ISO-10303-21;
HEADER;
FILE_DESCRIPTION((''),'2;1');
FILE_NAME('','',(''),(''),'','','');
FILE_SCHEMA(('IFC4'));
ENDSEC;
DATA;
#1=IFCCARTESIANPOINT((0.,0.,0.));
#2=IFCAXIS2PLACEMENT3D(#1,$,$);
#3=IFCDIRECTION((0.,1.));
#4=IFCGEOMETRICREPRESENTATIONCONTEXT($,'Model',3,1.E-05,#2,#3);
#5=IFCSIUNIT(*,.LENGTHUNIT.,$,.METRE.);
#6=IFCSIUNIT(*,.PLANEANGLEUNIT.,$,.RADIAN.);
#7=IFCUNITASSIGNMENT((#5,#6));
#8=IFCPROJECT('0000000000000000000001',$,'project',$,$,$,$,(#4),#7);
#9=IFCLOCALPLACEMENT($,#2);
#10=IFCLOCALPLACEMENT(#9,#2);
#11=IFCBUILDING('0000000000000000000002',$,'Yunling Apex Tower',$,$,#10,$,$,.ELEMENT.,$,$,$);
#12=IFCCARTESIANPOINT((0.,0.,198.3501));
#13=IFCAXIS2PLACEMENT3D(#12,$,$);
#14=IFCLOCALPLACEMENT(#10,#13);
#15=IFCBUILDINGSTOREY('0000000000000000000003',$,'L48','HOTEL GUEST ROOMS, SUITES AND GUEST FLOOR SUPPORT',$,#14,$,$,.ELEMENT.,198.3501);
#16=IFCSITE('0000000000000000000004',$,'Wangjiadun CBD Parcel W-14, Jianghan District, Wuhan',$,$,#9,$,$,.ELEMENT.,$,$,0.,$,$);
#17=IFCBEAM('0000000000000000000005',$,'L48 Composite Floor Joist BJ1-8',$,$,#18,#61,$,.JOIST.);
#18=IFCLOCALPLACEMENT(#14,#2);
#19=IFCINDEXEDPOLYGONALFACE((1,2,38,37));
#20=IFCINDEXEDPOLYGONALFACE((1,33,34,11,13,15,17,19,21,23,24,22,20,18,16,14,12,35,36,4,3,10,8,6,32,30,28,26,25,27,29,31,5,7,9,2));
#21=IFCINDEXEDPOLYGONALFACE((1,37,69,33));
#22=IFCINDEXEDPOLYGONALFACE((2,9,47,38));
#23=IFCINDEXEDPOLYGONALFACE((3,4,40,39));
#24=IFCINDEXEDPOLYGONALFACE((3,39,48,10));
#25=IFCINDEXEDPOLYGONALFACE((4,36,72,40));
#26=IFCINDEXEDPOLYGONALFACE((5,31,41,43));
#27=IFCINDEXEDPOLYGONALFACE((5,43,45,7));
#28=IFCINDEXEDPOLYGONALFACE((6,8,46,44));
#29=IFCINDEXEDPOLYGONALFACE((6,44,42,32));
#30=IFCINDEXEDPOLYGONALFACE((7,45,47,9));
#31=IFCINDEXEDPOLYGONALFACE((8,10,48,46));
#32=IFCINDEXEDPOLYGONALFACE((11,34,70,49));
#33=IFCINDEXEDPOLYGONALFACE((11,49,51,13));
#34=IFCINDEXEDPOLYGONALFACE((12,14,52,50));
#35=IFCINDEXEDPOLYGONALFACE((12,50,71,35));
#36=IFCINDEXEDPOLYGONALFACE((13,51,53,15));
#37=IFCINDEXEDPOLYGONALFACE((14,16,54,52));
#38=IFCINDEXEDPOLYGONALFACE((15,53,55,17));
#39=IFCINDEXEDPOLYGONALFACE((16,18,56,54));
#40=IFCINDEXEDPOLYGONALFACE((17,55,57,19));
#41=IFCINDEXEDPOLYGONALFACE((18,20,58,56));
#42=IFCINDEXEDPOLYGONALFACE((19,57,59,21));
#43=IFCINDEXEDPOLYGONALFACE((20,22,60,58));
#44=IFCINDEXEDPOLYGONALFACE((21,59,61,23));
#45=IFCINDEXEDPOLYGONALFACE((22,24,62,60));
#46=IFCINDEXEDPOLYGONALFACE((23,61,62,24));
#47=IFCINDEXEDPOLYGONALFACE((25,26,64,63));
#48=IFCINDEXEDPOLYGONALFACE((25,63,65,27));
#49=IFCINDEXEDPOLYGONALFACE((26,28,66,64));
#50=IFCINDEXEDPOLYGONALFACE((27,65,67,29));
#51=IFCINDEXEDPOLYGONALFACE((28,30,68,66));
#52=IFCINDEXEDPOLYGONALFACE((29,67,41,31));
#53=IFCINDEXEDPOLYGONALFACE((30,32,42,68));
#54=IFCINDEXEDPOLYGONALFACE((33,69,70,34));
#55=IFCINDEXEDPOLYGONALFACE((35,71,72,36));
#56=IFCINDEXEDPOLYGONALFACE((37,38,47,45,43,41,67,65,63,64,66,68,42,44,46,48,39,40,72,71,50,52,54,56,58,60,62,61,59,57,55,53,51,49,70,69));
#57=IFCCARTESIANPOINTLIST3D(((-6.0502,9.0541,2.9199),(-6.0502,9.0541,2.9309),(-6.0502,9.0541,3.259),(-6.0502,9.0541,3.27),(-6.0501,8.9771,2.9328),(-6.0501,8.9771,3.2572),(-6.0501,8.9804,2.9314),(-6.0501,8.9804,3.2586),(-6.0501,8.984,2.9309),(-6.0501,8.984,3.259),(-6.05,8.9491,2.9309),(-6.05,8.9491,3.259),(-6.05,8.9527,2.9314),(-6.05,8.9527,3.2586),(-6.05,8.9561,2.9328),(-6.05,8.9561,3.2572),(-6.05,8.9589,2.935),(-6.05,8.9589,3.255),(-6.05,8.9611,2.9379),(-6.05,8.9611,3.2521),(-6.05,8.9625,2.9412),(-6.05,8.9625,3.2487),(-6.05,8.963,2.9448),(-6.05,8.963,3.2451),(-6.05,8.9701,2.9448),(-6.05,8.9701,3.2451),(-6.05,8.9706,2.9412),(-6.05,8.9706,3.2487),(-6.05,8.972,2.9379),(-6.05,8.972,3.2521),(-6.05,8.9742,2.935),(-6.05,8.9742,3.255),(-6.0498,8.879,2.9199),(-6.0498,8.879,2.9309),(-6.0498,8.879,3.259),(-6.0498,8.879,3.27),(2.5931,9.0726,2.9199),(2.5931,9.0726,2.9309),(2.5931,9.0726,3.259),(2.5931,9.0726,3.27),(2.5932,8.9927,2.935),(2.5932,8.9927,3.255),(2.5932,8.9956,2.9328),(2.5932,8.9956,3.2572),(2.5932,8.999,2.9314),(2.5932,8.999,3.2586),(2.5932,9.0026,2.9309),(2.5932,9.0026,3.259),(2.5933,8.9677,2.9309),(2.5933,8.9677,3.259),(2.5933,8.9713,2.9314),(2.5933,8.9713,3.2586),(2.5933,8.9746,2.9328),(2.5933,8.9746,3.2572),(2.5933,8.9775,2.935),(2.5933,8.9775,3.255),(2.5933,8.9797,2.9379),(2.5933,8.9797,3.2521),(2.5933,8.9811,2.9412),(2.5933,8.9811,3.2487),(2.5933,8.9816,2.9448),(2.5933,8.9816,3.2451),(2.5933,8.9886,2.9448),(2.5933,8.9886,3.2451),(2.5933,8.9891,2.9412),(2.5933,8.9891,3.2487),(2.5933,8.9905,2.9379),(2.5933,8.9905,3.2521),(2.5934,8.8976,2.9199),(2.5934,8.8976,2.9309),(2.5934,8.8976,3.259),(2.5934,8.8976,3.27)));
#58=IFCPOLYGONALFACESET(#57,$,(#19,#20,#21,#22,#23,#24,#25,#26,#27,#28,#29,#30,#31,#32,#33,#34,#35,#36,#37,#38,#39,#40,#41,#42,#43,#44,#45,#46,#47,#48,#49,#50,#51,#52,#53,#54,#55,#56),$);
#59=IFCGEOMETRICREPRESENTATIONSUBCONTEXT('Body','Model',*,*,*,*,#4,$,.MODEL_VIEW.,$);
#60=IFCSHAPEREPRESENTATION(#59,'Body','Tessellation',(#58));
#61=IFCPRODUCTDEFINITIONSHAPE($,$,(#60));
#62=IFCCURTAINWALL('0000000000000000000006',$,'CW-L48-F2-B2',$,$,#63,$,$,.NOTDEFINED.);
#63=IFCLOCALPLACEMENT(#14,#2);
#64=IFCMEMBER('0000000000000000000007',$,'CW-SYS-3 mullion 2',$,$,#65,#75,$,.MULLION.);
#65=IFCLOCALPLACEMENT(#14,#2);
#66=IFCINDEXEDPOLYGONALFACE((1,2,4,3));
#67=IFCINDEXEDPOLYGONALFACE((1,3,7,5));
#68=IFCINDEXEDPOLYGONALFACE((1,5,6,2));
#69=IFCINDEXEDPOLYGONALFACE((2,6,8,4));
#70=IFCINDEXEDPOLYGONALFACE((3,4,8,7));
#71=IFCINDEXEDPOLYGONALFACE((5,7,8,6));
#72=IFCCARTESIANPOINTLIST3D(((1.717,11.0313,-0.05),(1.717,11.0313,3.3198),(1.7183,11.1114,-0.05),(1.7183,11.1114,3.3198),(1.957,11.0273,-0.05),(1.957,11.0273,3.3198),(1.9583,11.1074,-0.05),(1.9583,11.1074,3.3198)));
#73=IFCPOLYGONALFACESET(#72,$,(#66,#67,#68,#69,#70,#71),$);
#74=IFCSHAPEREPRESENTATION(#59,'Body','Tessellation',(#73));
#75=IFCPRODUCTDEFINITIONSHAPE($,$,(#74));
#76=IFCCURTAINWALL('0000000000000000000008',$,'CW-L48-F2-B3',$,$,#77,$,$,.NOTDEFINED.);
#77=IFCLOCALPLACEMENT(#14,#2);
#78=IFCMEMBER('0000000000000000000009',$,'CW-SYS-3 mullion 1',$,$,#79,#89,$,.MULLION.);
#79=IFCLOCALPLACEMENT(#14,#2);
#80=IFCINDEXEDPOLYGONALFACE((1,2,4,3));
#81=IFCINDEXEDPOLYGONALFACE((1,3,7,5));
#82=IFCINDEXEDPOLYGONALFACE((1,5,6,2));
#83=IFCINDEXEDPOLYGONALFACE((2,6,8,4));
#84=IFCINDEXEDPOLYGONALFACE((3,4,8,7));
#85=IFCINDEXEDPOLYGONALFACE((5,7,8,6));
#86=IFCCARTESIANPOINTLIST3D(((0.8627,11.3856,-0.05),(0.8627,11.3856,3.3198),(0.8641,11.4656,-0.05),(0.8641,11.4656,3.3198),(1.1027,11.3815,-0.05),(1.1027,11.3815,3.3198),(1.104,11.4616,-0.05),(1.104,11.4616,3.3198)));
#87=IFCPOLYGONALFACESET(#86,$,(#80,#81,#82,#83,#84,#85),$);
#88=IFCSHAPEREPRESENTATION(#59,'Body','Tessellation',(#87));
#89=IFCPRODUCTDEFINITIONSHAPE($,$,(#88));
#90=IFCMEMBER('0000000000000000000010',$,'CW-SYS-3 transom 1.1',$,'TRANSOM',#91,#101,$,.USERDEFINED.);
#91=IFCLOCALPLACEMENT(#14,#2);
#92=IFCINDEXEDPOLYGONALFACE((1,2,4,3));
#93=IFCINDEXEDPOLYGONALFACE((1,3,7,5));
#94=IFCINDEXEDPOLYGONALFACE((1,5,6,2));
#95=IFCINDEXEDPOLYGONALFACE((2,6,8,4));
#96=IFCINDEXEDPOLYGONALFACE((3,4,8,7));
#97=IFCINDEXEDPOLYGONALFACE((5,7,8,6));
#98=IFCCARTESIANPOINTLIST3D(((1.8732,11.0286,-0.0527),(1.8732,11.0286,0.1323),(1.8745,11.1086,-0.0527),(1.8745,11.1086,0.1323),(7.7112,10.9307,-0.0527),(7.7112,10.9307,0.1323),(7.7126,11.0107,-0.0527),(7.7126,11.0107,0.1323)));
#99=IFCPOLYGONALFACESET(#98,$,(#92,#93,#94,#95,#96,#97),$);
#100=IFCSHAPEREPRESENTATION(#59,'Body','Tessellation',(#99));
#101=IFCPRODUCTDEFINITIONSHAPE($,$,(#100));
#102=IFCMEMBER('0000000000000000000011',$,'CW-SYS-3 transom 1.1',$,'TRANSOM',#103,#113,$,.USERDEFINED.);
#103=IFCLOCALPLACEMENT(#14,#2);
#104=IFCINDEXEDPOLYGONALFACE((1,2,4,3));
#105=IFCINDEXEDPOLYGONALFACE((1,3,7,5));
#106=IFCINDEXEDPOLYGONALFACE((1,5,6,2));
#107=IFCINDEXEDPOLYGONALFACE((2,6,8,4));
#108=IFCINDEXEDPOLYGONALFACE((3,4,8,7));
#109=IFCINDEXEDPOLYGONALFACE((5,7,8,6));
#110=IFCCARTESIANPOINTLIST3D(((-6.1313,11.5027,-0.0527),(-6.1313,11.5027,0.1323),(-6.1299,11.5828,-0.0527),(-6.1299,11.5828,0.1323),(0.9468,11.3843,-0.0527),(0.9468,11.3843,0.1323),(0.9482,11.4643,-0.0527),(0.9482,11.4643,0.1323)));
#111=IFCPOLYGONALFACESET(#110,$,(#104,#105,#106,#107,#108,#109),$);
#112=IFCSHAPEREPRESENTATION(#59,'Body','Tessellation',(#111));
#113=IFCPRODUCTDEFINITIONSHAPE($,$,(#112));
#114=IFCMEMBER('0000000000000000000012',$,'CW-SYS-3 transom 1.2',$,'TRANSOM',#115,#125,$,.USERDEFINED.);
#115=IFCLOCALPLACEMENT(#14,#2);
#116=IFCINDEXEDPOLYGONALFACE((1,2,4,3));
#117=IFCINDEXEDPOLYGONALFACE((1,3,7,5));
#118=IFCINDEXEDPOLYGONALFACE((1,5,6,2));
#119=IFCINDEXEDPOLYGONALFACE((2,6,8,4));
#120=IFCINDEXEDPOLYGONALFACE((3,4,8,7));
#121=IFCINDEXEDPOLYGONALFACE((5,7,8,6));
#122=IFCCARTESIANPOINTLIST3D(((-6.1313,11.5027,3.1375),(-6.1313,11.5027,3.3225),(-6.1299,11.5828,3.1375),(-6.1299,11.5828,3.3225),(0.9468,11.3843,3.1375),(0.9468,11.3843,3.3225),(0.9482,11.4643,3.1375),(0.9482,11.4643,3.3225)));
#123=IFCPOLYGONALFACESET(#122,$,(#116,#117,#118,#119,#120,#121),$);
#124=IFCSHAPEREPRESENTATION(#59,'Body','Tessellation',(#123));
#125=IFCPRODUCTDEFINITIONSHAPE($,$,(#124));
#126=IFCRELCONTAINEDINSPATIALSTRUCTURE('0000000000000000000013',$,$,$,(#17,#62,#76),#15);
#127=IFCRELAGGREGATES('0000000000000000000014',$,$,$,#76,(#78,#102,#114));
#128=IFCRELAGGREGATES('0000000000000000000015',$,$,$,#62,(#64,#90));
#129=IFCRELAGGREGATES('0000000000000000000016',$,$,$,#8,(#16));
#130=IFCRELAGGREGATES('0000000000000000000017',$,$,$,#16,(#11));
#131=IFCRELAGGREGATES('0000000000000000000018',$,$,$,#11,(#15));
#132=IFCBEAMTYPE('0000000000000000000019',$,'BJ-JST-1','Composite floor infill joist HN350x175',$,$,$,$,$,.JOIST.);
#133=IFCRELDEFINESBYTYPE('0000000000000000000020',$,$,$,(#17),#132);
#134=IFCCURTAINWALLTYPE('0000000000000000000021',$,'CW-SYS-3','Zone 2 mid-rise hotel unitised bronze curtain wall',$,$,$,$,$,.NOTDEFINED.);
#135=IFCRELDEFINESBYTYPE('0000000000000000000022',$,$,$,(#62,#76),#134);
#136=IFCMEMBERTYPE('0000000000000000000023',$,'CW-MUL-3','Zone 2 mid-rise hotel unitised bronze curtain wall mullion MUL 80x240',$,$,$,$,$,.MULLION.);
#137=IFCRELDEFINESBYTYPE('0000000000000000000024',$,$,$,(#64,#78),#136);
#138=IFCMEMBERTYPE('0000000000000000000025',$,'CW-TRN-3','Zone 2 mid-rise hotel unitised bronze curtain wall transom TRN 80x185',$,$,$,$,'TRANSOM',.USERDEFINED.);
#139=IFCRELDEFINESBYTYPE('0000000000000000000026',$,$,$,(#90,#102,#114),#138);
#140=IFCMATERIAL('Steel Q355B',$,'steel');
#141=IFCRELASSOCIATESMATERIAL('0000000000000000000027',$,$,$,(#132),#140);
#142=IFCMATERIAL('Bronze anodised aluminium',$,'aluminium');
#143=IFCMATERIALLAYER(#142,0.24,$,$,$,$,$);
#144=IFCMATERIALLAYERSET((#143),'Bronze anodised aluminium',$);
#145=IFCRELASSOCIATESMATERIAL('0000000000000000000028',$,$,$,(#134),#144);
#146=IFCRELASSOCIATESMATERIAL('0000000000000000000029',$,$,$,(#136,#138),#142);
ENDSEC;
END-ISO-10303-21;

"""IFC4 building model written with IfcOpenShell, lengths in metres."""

from ifc_helpers import new_model, si_unit, direction, frame, origin, origin_2d, place, context, subcontext, project, spatial, rectangle, i_section, extrude, source, transform, mapped, material, layer, layer_set, material_profile, profile_set, type_object, element, aggregate, save


model = new_model("IFC4")

# Units and contexts
model_context = context("Model", 3, precision=1e-05, world=origin(), true_north=direction((0.0, 1.0)))
body_context = subcontext(model_context, "Body", "Model", "MODEL_VIEW")
ifc_project = project(units=[si_unit("LENGTHUNIT", "METRE"), si_unit("PLANEANGLEUNIT", "RADIAN")], contexts=[model_context])

# Site, building, storey
site_placement = place(None, origin())
site = spatial("IfcSite", under=ifc_project, at=site_placement, Name="Wangjiadun CBD Parcel W-14, Jianghan District, Wuhan", CompositionType="ELEMENT", RefElevation=0.0)
building_placement = place(site_placement, origin())
building = spatial("IfcBuilding", under=site, at=building_placement, Name="Yunling Apex Tower", CompositionType="ELEMENT")
storey_placement = place(building_placement, frame((0.0, 0.0, 198.3501)))
storey = spatial("IfcBuildingStorey", under=building, at=storey_placement, Name="L48", Description="HOTEL GUEST ROOMS, SUITES AND GUEST FLOOR SUPPORT", CompositionType="ELEMENT", Elevation=198.3501)

# Beam
ifc_material_1 = material(Name="Steel Q355B", Category="steel")
ifc_material_profile_1 = material_profile(ifc_material_1, i_section(OverallWidth=0.175, OverallDepth=0.3501, WebThickness=0.0071, FlangeThickness=0.011, FilletRadius=0.0139, at=origin_2d()))
ifc_profile_set_1 = profile_set([ifc_material_profile_1], Name="Steel Q355B")
beam_type_1 = type_object("IfcBeamType", Name="BJ-JST-1", Description="Composite floor infill joist HN350x175", PredefinedType="JOIST", material=ifc_profile_set_1)
shared_shape_1 = source(origin(), body_context, "Body", "SweptSolid", [
    extrude(i_section(OverallWidth=0.175, OverallDepth=0.3501, WebThickness=0.0071, FlangeThickness=0.011, FilletRadius=0.0139, at=origin_2d()), origin(), (0.0, 0.0, 1.0), 8.6433),
])
beam_1_placement = place(storey_placement, frame((2.5933, 8.9851, 3.095), z_axis=(-0.999998, -0.002147, 0.0), x_axis=(0.002147, -0.999998, 0.0)))
element("IfcBeam", 1, at=beam_1_placement, inside=storey, type_object=beam_type_1, Name="L48 Composite Floor Joist BJ1-8", PredefinedType="JOIST", context=body_context, shape_type="MappedRepresentation", body=[
    mapped(shared_shape_1, transform((0.0, 0.0, 0.0), scale=1.0)),
])

# Curtain walls, members
ifc_material_2 = material(Name="Bronze anodised aluminium", Category="aluminium")
ifc_layer_1 = layer(ifc_material_2, 0.24)
ifc_layer_set_1 = layer_set([ifc_layer_1], Name="Bronze anodised aluminium")
curtain_wall_type = type_object("IfcCurtainWallType", Name="CW-SYS-3", Description="Zone 2 mid-rise hotel unitised bronze curtain wall", PredefinedType="NOTDEFINED", material=ifc_layer_set_1)
curtain_wall_1_placement = place(storey_placement, origin())
curtain_wall_1 = element("IfcCurtainWall", 2, at=curtain_wall_1_placement, inside=storey, type_object=curtain_wall_type, Name="CW-L48-F2-B2", PredefinedType="NOTDEFINED")
ifc_material_profile_2 = material_profile(ifc_material_2, rectangle(XDim=0.0801, YDim=0.24, at=origin_2d()))
ifc_profile_set_2 = profile_set([ifc_material_profile_2], Name="Bronze anodised aluminium")
member_type_1 = type_object("IfcMemberType", Name="CW-MUL-3", Description="Zone 2 mid-rise hotel unitised bronze curtain wall mullion MUL 80x240", PredefinedType="MULLION", material=ifc_profile_set_2)
shared_shape_2 = source(origin(), body_context, "Body", "SweptSolid", [
    extrude(rectangle(XDim=0.0801, YDim=0.24, at=origin_2d()), origin(), (0.0, 0.0, 1.0), 3.3699),
])
member_1_placement = place(storey_placement, frame((1.8376, 11.0693, -0.05), z_axis=(0.0, 0.0, 1.0), x_axis=(-0.016759, -0.99986, 0.0)))
member_1 = element("IfcMember", 3, at=member_1_placement, type_object=member_type_1, Name="CW-SYS-3 mullion 2", PredefinedType="MULLION", context=body_context, shape_type="MappedRepresentation", body=[
    mapped(shared_shape_2, transform((0.0, 0.0, 0.0), scale=1.0)),
])
curtain_wall_2_placement = place(storey_placement, origin())
curtain_wall_2 = element("IfcCurtainWall", 4, at=curtain_wall_2_placement, inside=storey, type_object=curtain_wall_type, Name="CW-L48-F2-B3", PredefinedType="NOTDEFINED")
member_2_placement = place(storey_placement, frame((0.9834, 11.4236, -0.05), z_axis=(0.0, 0.0, 1.0), x_axis=(-0.016747, -0.99986, 0.0)))
member_2 = element("IfcMember", 5, at=member_2_placement, type_object=member_type_1, Name="CW-SYS-3 mullion 1", PredefinedType="MULLION", context=body_context, shape_type="MappedRepresentation", body=[
    mapped(shared_shape_2, transform((0.0, 0.0, 0.0), scale=1.0)),
])

# Members
ifc_material_profile_3 = material_profile(ifc_material_2, rectangle(XDim=0.0801, YDim=0.1851, at=origin_2d()))
ifc_profile_set_3 = profile_set([ifc_material_profile_3], Name="Bronze anodised aluminium")
member_type_2 = type_object("IfcMemberType", Name="CW-TRN-3", Description="Zone 2 mid-rise hotel unitised bronze curtain wall transom TRN 80x185", ElementType="TRANSOM", PredefinedType="USERDEFINED", material=ifc_profile_set_3)
shared_shape_3 = source(origin(), body_context, "Body", "SweptSolid", [
    extrude(rectangle(XDim=0.0801, YDim=0.1851, at=origin_2d()), origin(), (0.0, 0.0, 1.0), 5.8389),
])
member_3_placement = place(storey_placement, frame((7.7119, 10.9707, 0.0398), z_axis=(-0.999859, 0.016767, 0.0), x_axis=(-0.016767, -0.999859, 0.0)))
member_3 = element("IfcMember", 6, at=member_3_placement, type_object=member_type_2, Name="CW-SYS-3 transom 1.1", ObjectType="TRANSOM", PredefinedType="USERDEFINED", context=body_context, shape_type="MappedRepresentation", body=[
    mapped(shared_shape_3, transform((0.0, 0.0, 0.0), scale=1.0)),
])
shared_shape_4 = source(origin(), body_context, "Body", "SweptSolid", [
    extrude(rectangle(XDim=0.0801, YDim=0.1851, at=origin_2d()), origin(), (0.0, 0.0, 1.0), 7.0791),
])
member_4_placement = place(storey_placement, frame((0.9475, 11.4243, 0.0398), z_axis=(-0.99986, 0.016726, 0.0), x_axis=(-0.016726, -0.99986, 0.0)))
member_4 = element("IfcMember", 7, at=member_4_placement, type_object=member_type_2, Name="CW-SYS-3 transom 1.1", ObjectType="TRANSOM", PredefinedType="USERDEFINED", context=body_context, shape_type="MappedRepresentation", body=[
    mapped(shared_shape_4, transform((0.0, 0.0, 0.0), scale=1.0)),
])
member_5_placement = place(storey_placement, frame((0.9475, 11.4243, 3.23), z_axis=(-0.99986, 0.016726, 0.0), x_axis=(-0.016726, -0.99986, 0.0)))
member_5 = element("IfcMember", 8, at=member_5_placement, type_object=member_type_2, Name="CW-SYS-3 transom 1.2", ObjectType="TRANSOM", PredefinedType="USERDEFINED", context=body_context, shape_type="MappedRepresentation", body=[
    mapped(shared_shape_4, transform((0.0, 0.0, 0.0), scale=1.0)),
])
aggregate(curtain_wall_2, [member_2, member_4, member_5])

aggregate(curtain_wall_1, [member_1, member_3])

save(model, "model.ifc")
